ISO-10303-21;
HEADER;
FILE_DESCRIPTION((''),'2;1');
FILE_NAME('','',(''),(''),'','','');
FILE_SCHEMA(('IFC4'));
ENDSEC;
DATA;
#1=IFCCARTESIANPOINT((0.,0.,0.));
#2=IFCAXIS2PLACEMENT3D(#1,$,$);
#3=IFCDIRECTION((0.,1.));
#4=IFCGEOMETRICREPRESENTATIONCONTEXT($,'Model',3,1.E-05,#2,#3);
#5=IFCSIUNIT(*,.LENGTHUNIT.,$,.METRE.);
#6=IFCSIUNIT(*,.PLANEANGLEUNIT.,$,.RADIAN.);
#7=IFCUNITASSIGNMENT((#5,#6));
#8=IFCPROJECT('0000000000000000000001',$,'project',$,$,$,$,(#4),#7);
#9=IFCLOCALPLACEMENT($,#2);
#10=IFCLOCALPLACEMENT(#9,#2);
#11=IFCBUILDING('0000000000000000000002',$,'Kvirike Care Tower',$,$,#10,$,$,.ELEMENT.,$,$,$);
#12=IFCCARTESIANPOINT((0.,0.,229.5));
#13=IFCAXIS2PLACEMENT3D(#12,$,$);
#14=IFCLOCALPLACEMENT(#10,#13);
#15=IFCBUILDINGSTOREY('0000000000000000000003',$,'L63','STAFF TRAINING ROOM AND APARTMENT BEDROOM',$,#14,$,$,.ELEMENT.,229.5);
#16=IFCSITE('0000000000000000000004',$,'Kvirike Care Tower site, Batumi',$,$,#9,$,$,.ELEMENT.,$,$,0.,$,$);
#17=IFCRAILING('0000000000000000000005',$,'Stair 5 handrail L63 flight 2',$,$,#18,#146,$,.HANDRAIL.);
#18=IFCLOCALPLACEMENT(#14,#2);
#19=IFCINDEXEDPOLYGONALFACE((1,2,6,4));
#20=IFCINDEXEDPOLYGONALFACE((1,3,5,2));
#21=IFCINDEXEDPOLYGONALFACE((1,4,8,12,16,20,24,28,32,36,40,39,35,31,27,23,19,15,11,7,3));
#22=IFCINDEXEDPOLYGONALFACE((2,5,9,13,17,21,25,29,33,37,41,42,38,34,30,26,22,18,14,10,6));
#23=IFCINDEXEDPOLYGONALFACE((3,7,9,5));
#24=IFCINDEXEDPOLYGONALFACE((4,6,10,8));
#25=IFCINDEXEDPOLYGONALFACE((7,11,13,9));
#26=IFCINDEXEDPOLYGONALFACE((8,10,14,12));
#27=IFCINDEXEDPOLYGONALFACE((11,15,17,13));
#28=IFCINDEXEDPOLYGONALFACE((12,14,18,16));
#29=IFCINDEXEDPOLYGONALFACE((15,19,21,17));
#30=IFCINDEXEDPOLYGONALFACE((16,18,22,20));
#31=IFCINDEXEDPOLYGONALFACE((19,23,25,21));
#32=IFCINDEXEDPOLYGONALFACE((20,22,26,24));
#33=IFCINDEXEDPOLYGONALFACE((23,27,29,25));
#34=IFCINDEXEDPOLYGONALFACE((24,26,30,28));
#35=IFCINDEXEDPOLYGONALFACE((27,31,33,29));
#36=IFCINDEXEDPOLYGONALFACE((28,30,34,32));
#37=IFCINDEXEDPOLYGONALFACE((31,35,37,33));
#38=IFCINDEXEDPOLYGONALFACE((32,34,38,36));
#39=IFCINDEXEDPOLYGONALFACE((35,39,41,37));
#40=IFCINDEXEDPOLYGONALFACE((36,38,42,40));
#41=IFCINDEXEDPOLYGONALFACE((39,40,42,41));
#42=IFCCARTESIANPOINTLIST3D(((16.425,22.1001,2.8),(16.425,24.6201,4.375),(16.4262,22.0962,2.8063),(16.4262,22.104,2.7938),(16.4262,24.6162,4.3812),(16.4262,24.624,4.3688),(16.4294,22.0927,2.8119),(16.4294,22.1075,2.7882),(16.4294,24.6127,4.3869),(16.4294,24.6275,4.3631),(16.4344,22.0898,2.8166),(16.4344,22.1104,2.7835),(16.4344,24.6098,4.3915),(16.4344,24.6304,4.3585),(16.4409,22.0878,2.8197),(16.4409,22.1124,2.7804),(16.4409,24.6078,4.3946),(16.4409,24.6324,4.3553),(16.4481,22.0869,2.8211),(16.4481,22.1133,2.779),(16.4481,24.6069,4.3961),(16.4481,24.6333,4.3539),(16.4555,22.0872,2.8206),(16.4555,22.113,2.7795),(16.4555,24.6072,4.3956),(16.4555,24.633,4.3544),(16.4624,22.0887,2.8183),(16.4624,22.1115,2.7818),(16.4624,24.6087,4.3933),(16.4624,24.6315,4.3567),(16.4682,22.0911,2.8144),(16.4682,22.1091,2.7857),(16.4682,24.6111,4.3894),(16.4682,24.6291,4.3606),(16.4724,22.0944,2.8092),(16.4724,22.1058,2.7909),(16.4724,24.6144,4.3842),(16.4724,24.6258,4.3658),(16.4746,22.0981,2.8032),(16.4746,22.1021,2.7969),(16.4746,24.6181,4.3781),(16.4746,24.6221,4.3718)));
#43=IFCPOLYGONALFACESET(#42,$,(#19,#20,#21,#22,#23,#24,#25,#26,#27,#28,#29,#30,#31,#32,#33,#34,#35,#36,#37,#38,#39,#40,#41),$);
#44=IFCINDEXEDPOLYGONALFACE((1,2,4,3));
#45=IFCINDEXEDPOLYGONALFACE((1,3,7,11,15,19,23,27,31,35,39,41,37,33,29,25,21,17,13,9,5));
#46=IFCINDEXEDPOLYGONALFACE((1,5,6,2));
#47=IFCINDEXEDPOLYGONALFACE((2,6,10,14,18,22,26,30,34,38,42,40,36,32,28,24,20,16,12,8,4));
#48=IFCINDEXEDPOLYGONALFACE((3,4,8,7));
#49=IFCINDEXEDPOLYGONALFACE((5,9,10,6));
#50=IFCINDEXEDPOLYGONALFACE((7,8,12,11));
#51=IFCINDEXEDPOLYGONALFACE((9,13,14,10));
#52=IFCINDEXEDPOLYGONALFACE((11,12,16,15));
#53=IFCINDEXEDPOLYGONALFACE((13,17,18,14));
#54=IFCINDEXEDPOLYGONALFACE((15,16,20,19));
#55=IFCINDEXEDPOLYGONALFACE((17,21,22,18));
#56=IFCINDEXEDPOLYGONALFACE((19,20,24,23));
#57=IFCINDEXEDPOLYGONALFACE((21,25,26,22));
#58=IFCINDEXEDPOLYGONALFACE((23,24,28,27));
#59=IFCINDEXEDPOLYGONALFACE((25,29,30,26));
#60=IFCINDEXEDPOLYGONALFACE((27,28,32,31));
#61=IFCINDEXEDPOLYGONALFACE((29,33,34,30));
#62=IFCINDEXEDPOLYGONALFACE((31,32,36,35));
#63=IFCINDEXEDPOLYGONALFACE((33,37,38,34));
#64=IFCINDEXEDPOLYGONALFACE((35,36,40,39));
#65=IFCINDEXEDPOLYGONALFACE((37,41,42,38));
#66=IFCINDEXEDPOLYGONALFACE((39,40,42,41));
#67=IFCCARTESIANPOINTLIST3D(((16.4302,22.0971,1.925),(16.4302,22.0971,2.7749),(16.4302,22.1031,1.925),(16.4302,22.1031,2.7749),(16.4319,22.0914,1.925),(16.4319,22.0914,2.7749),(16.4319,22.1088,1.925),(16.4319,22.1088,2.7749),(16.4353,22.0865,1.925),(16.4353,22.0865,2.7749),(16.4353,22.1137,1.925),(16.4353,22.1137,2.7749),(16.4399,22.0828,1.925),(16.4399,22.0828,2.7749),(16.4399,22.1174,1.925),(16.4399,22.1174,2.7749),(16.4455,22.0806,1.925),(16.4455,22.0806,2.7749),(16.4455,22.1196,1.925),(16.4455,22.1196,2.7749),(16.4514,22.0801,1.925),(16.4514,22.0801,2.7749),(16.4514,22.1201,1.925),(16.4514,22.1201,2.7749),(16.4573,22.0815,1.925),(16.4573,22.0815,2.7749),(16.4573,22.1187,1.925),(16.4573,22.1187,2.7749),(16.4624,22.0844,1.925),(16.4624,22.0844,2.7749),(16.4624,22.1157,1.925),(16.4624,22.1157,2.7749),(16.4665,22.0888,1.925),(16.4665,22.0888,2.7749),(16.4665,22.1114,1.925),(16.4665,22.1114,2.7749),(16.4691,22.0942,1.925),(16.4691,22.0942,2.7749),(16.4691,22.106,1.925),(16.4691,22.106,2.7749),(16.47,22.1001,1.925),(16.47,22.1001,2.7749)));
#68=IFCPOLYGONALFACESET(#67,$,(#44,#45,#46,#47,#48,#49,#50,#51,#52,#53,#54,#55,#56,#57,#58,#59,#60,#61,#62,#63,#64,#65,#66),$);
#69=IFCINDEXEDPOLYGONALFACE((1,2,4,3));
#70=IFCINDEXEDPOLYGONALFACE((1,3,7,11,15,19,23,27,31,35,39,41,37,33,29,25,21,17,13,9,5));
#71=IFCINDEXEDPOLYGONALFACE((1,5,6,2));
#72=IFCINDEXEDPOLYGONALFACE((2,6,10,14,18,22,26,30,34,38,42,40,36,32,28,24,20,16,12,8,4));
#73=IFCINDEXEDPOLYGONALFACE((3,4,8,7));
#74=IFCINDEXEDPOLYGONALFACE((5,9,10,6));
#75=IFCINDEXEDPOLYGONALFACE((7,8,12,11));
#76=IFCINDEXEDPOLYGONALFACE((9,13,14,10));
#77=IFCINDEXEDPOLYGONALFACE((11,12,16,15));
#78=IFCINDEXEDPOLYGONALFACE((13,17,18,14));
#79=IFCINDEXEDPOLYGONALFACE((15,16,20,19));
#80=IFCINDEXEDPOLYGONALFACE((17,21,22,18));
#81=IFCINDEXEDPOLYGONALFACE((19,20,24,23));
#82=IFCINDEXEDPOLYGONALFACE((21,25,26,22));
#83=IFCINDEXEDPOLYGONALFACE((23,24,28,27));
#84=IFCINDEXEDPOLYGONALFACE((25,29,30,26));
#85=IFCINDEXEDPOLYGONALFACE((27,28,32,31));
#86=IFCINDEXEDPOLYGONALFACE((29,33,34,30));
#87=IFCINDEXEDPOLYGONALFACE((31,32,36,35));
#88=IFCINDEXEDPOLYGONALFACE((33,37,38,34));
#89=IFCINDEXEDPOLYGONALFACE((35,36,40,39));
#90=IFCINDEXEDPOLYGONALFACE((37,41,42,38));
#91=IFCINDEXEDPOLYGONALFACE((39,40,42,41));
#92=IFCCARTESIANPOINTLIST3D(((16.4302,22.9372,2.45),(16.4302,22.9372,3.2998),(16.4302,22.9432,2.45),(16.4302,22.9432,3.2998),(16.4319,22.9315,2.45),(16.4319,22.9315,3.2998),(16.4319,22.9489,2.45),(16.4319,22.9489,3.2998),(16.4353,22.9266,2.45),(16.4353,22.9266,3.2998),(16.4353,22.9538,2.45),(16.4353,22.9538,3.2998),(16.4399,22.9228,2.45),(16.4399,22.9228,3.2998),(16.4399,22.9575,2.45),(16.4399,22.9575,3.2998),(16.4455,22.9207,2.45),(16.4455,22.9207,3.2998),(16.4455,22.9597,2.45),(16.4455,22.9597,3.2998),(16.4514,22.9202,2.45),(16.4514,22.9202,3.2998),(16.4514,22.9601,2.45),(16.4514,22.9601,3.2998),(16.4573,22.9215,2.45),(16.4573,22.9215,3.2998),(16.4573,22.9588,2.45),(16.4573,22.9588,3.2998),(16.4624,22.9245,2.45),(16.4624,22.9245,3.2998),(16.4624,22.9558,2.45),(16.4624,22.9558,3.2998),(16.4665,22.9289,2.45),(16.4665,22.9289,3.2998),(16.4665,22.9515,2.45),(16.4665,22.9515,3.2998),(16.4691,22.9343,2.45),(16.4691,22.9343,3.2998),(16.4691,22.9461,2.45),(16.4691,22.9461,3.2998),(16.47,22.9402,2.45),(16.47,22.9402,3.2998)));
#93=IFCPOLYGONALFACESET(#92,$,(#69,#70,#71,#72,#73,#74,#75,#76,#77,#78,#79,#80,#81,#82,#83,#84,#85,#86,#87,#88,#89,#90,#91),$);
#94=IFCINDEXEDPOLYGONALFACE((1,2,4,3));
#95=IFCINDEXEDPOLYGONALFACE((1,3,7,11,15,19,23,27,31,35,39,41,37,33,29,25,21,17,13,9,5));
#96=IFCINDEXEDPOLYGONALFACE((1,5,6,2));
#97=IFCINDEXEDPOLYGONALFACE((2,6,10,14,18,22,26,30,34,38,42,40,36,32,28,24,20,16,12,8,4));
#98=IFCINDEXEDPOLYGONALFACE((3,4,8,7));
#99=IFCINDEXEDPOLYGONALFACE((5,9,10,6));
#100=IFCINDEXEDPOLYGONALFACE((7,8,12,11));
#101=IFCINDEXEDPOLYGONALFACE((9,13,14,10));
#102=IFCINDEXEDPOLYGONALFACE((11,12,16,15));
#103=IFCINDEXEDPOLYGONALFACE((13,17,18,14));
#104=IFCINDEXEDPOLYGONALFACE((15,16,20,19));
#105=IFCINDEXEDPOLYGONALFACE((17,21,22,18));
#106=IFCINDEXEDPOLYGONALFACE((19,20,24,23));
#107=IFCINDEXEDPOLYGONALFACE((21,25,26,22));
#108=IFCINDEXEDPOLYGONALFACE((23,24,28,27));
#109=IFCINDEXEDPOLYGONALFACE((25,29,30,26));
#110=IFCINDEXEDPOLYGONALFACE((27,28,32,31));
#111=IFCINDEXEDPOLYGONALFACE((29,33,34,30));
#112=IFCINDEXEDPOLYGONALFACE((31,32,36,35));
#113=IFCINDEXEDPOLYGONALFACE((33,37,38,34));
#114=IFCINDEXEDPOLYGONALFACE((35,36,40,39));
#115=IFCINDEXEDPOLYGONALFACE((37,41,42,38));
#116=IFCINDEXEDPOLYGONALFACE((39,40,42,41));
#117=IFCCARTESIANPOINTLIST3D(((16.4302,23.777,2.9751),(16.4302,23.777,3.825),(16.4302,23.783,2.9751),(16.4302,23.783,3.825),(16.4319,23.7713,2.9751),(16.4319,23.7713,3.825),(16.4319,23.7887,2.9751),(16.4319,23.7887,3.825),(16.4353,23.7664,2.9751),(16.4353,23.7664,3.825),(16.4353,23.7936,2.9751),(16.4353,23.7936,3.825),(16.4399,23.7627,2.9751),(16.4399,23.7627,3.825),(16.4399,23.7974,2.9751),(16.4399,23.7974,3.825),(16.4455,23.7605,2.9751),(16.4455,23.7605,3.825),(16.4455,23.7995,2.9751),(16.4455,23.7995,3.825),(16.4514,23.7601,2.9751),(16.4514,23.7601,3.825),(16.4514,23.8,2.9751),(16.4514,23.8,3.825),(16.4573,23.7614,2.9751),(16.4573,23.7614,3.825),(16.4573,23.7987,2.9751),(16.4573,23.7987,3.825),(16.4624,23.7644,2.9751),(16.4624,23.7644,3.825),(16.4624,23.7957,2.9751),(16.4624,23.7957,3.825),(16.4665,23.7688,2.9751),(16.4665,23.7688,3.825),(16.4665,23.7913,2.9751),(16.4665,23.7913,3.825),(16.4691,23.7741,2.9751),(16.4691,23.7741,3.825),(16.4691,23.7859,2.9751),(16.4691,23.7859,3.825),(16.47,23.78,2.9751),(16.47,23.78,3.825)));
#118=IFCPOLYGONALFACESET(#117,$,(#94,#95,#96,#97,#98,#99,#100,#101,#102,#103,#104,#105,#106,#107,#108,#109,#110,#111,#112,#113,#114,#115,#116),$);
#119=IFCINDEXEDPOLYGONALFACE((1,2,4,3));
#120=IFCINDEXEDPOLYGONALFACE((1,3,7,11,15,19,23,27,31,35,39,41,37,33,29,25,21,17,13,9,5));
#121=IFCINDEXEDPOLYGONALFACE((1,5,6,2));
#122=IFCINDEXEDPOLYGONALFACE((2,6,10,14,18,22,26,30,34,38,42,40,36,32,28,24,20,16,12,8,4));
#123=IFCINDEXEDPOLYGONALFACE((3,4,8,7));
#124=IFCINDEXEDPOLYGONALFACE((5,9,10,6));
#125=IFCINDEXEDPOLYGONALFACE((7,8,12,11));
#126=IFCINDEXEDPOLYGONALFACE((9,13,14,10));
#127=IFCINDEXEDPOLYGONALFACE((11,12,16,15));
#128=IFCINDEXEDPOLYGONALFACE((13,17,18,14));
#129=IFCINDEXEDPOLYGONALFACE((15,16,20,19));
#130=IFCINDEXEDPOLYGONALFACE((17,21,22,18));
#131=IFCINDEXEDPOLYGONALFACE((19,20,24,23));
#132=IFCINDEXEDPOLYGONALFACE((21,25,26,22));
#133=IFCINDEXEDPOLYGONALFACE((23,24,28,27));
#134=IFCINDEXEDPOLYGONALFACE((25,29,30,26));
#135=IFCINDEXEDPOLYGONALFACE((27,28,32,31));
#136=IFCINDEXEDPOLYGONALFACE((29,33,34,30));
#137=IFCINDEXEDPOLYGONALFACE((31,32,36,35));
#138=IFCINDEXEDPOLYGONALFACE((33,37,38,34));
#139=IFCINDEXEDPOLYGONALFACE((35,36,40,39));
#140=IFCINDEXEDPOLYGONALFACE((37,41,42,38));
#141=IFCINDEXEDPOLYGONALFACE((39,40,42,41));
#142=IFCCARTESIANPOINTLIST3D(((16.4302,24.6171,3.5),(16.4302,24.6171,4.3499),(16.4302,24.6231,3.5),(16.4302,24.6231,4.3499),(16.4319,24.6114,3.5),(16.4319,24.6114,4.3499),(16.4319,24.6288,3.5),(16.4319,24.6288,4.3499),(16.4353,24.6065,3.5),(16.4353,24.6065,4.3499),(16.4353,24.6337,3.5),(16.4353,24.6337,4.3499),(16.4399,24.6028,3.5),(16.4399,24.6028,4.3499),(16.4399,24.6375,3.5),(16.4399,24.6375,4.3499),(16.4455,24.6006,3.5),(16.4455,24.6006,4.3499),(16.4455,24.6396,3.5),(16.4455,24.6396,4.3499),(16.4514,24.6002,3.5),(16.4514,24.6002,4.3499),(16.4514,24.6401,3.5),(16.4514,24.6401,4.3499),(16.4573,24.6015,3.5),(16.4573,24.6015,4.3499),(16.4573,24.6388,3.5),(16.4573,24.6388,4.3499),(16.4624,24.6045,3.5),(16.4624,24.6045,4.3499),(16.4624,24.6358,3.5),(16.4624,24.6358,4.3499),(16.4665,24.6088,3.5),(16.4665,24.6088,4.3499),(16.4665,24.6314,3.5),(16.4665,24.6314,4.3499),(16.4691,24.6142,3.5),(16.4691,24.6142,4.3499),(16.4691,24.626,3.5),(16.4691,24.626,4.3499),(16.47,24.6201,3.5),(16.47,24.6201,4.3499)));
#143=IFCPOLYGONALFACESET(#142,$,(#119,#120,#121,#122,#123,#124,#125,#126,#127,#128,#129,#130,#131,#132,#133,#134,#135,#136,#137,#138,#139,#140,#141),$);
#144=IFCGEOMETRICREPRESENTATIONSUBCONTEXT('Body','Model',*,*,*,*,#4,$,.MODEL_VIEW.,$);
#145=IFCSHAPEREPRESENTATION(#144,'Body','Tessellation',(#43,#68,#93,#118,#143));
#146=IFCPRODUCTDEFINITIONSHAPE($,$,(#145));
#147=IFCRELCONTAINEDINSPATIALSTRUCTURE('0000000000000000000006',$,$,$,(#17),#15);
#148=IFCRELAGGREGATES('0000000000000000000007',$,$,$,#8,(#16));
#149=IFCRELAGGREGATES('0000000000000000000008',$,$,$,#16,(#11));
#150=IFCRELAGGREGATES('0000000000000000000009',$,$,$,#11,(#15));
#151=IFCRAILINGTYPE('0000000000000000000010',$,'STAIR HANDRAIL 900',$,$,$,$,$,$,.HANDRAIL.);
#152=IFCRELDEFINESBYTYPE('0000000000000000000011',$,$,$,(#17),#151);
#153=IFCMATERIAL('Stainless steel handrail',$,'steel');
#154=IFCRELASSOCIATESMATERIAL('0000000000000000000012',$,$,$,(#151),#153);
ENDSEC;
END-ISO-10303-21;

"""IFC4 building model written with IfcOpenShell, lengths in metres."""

from ifc_helpers import new_model, si_unit, direction, frame, origin, origin_2d, place, context, subcontext, project, spatial, circle, extrude, material, type_object, element, save


model = new_model("IFC4")

# Units and contexts
model_context = context("Model", 3, precision=1e-05, world=origin(), true_north=direction((0.0, 1.0)))
body_context = subcontext(model_context, "Body", "Model", "MODEL_VIEW")
ifc_project = project(units=[si_unit("LENGTHUNIT", "METRE"), si_unit("PLANEANGLEUNIT", "RADIAN")], contexts=[model_context])

# Site, building, storey
site_placement = place(None, origin())
site = spatial("IfcSite", under=ifc_project, at=site_placement, Name="Kvirike Care Tower site, Batumi", CompositionType="ELEMENT", RefElevation=0.0)
building_placement = place(site_placement, origin())
building = spatial("IfcBuilding", under=site, at=building_placement, Name="Kvirike Care Tower", CompositionType="ELEMENT")
storey_placement = place(building_placement, frame((0.0, 0.0, 229.5)))
storey = spatial("IfcBuildingStorey", under=building, at=storey_placement, Name="L63", Description="STAFF TRAINING ROOM AND APARTMENT BEDROOM", CompositionType="ELEMENT", Elevation=229.5)

# Railing
ifc_material_1 = material(Name="Stainless steel handrail", Category="steel")
railing_type = type_object("IfcRailingType", Name="STAIR HANDRAIL 900", PredefinedType="HANDRAIL", material=ifc_material_1)
railing_1_placement = place(storey_placement, frame((16.45, 22.1001, 1.925)))
element("IfcRailing", 1, at=railing_1_placement, inside=storey, type_object=railing_type, Name="Stair 5 handrail L63 flight 2", PredefinedType="HANDRAIL", context=body_context, shape_type="SweptSolid", body=[
    extrude(circle(Radius=0.0249, at=origin_2d()), frame((0.0, 0.0, 0.875), z_axis=(0.0, 0.848008, 0.529984), x_axis=(-1.0, 0.0, 0.0)), (0.0, 0.0, 1.0), 2.9717),
    extrude(circle(Radius=0.02, at=origin_2d()), origin(), (0.0, 0.0, 1.0), 0.8499),
    extrude(circle(Radius=0.02, at=origin_2d()), frame((0.0, 0.8401, 0.5249)), (0.0, 0.0, 1.0), 0.8499),
    extrude(circle(Radius=0.02, at=origin_2d()), frame((0.0, 1.6799, 1.05)), (0.0, 0.0, 1.0), 0.8499),
    extrude(circle(Radius=0.02, at=origin_2d()), frame((0.0, 2.52, 1.575)), (0.0, 0.0, 1.0), 0.8499),
])

save(model, "model.ifc")
